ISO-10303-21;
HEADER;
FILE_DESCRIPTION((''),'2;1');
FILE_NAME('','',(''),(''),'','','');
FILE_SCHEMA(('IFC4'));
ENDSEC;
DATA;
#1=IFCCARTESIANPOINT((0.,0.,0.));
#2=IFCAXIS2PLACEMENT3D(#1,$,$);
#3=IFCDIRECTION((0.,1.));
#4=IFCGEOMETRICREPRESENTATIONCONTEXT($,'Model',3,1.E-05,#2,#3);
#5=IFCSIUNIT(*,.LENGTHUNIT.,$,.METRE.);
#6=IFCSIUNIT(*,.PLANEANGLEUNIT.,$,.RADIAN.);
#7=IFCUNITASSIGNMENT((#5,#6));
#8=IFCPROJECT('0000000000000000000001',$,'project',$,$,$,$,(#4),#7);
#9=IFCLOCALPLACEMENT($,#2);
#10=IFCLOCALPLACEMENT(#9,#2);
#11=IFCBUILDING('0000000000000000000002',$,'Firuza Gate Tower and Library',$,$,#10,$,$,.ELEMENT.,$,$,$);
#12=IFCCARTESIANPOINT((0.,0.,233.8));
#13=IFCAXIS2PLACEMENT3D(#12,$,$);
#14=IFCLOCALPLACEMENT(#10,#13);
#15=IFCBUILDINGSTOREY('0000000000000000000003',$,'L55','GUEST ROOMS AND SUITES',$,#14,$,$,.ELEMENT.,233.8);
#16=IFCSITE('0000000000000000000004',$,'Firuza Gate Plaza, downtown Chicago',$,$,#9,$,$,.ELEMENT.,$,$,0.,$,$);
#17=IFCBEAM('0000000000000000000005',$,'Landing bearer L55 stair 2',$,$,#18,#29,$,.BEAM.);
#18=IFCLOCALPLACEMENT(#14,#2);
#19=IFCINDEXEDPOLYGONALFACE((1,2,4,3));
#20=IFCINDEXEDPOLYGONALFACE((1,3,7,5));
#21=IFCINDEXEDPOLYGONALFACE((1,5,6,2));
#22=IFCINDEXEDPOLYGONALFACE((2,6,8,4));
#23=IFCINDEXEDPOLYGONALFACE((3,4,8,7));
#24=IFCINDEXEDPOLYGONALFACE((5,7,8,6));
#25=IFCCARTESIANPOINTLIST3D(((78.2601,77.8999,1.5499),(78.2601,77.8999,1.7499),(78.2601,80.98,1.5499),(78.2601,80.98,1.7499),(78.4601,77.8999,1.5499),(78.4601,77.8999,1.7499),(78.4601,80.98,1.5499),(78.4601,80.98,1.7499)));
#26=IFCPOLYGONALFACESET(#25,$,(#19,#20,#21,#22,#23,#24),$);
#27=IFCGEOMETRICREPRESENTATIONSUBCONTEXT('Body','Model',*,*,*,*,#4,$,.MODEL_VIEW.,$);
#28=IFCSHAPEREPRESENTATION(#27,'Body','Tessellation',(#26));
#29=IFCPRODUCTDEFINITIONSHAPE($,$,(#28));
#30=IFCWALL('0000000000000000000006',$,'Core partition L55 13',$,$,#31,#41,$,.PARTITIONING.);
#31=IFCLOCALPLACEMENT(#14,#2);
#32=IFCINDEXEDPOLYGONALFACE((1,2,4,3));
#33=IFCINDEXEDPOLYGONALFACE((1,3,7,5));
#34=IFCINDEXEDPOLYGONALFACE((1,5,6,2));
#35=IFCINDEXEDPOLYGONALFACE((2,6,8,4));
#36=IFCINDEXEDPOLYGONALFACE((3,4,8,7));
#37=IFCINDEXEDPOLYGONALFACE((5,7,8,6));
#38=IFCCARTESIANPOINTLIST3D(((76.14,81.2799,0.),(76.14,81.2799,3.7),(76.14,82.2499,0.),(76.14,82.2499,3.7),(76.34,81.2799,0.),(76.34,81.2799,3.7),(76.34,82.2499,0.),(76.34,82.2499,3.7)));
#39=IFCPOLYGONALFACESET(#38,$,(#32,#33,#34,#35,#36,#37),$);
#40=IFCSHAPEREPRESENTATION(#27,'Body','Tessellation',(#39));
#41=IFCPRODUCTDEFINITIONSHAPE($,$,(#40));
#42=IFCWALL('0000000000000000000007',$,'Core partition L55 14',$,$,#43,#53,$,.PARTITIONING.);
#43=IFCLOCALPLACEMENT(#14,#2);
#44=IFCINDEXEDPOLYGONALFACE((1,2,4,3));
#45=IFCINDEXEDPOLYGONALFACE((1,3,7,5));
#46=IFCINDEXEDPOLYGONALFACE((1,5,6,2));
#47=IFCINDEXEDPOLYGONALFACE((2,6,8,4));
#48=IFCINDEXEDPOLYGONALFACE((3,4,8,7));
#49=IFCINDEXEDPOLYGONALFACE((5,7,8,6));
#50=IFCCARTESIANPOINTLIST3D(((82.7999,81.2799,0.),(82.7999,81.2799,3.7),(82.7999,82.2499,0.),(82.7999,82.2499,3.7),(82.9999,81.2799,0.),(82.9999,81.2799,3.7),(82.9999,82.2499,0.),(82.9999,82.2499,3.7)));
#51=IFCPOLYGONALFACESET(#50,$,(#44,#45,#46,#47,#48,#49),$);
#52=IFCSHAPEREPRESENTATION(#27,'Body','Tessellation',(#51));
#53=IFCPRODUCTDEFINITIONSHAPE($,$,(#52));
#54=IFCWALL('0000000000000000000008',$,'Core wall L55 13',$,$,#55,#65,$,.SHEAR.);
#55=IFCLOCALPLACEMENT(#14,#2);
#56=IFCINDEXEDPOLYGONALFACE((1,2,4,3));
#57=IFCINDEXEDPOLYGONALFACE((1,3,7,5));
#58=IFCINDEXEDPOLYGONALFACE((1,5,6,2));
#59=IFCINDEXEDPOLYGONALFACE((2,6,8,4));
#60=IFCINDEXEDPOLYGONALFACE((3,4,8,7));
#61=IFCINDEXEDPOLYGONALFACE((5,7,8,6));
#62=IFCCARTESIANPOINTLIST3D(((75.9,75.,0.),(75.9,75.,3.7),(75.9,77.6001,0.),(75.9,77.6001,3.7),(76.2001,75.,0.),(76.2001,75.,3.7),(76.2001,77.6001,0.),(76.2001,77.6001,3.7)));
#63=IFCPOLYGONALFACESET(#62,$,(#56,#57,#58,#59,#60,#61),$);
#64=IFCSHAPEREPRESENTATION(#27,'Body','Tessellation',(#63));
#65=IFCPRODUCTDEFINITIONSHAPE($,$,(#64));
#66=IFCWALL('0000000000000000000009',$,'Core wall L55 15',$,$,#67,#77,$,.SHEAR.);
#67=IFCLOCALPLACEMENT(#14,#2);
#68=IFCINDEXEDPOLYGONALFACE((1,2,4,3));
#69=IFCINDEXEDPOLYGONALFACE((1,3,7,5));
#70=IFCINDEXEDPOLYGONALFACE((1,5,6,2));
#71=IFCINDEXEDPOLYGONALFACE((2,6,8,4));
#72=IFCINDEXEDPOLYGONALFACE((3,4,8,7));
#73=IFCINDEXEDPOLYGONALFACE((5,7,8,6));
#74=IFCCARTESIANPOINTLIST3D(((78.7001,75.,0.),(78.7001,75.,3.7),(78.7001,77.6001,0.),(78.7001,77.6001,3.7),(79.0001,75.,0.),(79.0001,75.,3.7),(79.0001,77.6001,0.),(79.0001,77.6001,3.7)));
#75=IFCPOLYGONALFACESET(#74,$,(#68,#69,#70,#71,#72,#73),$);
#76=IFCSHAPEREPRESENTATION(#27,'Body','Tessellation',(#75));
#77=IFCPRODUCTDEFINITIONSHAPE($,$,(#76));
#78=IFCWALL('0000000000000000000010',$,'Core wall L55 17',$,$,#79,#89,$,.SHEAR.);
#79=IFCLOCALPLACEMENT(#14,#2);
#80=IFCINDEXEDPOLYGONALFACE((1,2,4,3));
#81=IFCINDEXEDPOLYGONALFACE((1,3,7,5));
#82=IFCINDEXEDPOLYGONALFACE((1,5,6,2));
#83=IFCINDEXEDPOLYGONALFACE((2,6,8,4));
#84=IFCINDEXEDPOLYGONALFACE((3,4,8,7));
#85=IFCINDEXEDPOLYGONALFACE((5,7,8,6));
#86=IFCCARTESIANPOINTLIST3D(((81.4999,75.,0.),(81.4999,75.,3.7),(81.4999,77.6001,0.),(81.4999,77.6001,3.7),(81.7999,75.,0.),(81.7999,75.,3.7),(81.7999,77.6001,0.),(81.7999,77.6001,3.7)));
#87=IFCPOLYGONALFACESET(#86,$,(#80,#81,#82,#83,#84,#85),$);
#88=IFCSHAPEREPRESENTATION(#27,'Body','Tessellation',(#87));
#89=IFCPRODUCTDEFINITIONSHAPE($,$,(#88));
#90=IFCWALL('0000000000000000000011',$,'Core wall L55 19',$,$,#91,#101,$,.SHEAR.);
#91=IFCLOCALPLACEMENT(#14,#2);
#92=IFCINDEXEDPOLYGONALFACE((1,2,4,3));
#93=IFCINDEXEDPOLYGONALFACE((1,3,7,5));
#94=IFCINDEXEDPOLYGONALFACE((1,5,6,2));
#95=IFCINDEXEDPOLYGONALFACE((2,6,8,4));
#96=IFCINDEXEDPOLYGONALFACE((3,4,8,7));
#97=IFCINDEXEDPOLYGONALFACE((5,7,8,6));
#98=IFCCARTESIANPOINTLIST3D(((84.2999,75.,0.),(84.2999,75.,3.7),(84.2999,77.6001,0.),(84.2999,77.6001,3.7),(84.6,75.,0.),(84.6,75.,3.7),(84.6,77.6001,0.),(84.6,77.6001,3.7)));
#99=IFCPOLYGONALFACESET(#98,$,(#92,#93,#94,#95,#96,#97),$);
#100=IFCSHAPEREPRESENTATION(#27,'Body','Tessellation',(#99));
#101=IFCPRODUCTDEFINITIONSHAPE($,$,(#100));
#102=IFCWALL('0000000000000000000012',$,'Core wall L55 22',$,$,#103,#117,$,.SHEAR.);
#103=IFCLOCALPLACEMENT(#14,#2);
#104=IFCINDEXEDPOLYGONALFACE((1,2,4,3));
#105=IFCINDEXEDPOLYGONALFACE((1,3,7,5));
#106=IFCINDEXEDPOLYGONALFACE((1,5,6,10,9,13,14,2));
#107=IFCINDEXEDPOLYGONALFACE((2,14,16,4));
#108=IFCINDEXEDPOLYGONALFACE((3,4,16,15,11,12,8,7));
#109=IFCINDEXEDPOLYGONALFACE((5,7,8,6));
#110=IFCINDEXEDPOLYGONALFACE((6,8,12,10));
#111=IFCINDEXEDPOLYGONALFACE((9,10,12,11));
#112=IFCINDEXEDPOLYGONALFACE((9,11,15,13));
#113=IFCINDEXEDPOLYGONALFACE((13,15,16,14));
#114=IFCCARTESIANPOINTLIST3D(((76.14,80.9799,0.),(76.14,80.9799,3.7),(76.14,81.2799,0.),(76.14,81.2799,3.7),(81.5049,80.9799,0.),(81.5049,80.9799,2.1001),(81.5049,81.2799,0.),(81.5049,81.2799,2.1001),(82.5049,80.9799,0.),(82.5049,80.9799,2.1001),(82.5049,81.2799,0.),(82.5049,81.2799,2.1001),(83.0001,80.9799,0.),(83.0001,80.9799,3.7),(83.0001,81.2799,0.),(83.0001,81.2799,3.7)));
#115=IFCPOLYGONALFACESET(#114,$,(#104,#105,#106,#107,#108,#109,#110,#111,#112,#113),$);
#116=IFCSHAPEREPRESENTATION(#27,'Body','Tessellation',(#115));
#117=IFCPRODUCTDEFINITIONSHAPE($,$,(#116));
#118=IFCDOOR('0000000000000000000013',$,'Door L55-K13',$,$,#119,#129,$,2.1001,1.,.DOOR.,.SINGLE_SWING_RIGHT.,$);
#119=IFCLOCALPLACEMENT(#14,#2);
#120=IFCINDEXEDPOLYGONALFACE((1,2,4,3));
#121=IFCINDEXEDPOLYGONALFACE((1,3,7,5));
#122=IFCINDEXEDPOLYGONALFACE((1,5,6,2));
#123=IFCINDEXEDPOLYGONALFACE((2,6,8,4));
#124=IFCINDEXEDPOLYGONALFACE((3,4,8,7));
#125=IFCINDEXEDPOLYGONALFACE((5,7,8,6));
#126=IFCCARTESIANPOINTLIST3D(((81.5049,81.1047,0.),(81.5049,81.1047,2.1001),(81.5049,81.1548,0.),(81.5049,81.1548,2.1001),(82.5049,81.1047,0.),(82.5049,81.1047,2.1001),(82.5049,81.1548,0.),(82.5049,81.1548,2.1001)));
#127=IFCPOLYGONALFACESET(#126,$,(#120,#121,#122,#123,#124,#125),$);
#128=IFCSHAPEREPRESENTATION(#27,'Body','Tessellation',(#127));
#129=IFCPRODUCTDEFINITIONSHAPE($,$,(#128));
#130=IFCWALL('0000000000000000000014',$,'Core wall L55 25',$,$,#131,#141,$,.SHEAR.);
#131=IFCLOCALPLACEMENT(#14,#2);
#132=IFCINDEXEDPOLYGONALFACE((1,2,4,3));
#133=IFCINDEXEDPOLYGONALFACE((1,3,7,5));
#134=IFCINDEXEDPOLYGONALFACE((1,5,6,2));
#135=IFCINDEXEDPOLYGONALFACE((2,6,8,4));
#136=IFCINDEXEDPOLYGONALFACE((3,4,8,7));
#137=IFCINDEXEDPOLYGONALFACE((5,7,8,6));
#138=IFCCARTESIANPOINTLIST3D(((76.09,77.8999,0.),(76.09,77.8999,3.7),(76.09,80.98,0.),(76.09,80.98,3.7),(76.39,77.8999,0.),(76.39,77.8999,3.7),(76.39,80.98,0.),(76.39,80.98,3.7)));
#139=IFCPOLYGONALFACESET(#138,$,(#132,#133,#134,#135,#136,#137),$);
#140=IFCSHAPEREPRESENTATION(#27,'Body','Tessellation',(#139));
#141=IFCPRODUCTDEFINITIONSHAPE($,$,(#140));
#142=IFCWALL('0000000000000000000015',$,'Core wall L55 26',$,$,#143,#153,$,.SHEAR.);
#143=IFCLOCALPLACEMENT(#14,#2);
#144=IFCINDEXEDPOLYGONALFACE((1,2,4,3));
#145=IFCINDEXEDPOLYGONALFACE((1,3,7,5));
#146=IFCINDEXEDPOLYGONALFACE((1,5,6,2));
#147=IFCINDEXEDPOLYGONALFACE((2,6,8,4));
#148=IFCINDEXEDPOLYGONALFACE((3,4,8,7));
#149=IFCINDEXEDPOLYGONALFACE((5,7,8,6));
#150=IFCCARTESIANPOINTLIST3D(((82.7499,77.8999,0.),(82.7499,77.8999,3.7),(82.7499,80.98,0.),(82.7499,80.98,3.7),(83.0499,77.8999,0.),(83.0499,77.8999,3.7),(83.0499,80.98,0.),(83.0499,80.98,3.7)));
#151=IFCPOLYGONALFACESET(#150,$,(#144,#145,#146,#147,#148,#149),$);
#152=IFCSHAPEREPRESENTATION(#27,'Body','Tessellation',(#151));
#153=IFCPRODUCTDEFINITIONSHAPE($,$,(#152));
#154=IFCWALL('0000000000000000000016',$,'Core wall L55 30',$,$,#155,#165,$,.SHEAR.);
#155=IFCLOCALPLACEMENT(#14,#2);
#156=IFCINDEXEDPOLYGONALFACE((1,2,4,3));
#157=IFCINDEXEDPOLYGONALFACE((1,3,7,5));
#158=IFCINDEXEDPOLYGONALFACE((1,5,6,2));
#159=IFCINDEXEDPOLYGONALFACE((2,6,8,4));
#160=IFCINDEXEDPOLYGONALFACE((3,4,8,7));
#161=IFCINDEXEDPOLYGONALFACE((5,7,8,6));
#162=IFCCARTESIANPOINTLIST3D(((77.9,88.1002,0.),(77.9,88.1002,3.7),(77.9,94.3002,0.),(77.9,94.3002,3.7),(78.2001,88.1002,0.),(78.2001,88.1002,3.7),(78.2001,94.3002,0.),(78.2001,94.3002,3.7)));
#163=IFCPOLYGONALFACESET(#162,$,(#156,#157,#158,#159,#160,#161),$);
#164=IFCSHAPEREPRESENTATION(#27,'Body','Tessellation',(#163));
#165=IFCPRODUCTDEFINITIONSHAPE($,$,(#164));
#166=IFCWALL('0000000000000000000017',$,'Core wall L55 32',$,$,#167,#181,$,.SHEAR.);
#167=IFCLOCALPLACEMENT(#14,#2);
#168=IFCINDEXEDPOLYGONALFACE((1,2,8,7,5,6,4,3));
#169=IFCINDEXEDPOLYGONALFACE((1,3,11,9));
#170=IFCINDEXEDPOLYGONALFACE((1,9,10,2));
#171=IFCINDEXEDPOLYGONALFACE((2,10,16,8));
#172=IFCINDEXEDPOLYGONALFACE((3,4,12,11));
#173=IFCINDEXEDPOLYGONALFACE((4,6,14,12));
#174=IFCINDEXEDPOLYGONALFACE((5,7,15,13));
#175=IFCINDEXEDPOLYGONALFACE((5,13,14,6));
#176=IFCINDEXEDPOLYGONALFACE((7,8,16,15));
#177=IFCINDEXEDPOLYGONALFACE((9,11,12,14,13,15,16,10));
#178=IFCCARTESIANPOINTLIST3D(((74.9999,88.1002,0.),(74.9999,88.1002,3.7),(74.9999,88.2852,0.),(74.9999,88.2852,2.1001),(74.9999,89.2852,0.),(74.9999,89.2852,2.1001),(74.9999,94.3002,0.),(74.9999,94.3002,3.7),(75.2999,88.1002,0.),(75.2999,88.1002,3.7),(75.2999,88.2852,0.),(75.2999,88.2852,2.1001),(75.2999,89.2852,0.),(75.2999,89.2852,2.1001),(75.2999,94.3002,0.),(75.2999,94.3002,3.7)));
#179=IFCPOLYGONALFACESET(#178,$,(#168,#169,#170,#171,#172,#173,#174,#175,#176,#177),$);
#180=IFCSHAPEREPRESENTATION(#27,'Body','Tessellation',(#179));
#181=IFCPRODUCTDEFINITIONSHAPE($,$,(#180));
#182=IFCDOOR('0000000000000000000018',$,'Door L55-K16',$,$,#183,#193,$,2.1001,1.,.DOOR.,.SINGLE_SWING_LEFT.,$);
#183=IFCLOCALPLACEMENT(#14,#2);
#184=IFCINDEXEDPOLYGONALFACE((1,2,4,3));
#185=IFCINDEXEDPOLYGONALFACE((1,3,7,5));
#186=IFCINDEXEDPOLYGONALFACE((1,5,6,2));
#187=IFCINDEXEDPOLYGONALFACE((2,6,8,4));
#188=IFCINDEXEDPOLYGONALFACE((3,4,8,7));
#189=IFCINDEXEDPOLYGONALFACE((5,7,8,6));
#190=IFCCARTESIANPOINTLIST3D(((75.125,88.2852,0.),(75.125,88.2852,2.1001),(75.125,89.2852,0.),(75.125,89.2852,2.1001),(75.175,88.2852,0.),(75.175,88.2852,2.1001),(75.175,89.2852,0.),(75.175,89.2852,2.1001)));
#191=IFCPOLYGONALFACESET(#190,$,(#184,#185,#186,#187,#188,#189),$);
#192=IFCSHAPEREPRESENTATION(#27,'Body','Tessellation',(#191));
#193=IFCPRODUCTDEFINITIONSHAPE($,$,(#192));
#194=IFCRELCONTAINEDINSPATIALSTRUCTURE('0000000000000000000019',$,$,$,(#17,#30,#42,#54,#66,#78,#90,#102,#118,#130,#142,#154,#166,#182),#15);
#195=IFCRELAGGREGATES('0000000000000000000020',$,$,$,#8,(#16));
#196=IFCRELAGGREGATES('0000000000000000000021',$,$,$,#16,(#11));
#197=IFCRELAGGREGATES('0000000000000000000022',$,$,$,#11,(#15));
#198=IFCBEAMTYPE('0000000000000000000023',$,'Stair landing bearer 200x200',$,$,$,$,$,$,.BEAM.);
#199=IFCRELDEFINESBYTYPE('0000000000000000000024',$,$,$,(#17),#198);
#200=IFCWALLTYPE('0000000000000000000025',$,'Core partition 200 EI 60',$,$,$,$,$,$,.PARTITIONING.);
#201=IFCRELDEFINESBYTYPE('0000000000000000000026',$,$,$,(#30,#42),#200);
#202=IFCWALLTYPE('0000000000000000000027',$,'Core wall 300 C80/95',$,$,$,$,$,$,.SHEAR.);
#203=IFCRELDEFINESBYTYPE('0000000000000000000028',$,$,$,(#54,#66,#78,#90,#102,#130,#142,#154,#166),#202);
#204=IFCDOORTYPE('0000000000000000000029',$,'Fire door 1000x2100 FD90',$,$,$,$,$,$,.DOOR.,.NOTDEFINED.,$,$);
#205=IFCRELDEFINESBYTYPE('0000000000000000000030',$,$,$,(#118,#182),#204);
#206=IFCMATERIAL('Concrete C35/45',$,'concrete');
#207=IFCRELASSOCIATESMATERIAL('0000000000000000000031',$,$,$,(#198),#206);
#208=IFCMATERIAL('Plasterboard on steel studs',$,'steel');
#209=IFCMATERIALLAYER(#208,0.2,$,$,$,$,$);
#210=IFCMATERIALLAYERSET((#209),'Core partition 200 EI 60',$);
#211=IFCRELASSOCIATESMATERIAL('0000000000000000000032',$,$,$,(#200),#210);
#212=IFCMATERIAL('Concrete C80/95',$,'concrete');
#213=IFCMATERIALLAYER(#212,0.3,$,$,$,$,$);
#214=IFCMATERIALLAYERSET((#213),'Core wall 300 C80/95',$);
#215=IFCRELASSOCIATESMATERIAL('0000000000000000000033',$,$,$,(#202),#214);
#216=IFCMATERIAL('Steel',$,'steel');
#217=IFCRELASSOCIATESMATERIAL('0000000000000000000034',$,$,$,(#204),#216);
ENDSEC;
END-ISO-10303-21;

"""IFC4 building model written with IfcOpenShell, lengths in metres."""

from ifc_helpers import new_model, si_unit, direction, frame, frame_2d, origin, origin_2d, place, context, subcontext, project, spatial, rectangle, extrude, material, layer, layer_set, material_profile, profile_set, type_object, element, fill, save


model = new_model("IFC4")

# Units and contexts
model_context = context("Model", 3, precision=1e-05, world=origin(), true_north=direction((0.0, 1.0)))
body_context = subcontext(model_context, "Body", "Model", "MODEL_VIEW")
ifc_project = project(units=[si_unit("LENGTHUNIT", "METRE"), si_unit("PLANEANGLEUNIT", "RADIAN")], contexts=[model_context])

# Site, building, storey
site_placement = place(None, origin())
site = spatial("IfcSite", under=ifc_project, at=site_placement, Name="Firuza Gate Plaza, downtown Chicago", CompositionType="ELEMENT", RefElevation=0.0)
building_placement = place(site_placement, origin())
building = spatial("IfcBuilding", under=site, at=building_placement, Name="Firuza Gate Tower and Library", CompositionType="ELEMENT")
storey_placement = place(building_placement, frame((0.0, 0.0, 233.8)))
storey = spatial("IfcBuildingStorey", under=building, at=storey_placement, Name="L55", Description="GUEST ROOMS AND SUITES", CompositionType="ELEMENT", Elevation=233.8)

# Beam
ifc_material_1 = material(Name="Concrete C35/45", Category="concrete")
ifc_material_profile = material_profile(ifc_material_1, rectangle(XDim=0.2, YDim=0.2, at=origin_2d()))
ifc_profile_set = profile_set([ifc_material_profile], Name="Concrete C35/45")
beam_type = type_object("IfcBeamType", Name="Stair landing bearer 200x200", PredefinedType="BEAM", material=ifc_profile_set)
beam_placement = place(storey_placement, frame((78.3601, 80.98, 1.6499), z_axis=(0.0, -1.0, 0.0), x_axis=(1.0, 0.0, 0.0)))
element("IfcBeam", 1, at=beam_placement, inside=storey, type_object=beam_type, Name="Landing bearer L55 stair 2", PredefinedType="BEAM", context=body_context, shape_type="SweptSolid", body=[
    extrude(rectangle(XDim=0.2, YDim=0.2, at=origin_2d()), origin(), (0.0, 0.0, 1.0), 3.0801),
])

# Walls
ifc_material_2 = material(Name="Plasterboard on steel studs", Category="steel")
ifc_layer_1 = layer(ifc_material_2, 0.2)
ifc_layer_set_1 = layer_set([ifc_layer_1], Name="Core partition 200 EI 60")
wall_type_1 = type_object("IfcWallType", Name="Core partition 200 EI 60", PredefinedType="PARTITIONING", material=ifc_layer_set_1)
for number, where, z_axis, x_axis, name in (
    (2, (76.24, 81.28, 0.0), (0.0, 0.0, 1.0), (0.0, 1.0, 0.0), "Core partition L55 13"),
    (3, (82.8999, 81.28, 0.0), (0.0, 0.0, 1.0), (0.0, 1.0, 0.0), "Core partition L55 14"),
):
    element("IfcWall", number, at=place(storey_placement, frame(where, z_axis=z_axis, x_axis=x_axis)), inside=storey, type_object=wall_type_1, Name=name, PredefinedType="PARTITIONING", context=body_context, shape_type="SweptSolid", body=[
        extrude(rectangle(XDim=0.97, YDim=0.2, at=frame_2d((0.4849, 0.0))), origin(), (0.0, 0.0, 1.0), 3.7),
    ])
ifc_material_3 = material(Name="Concrete C80/95", Category="concrete")
ifc_layer_2 = layer(ifc_material_3, 0.3)
ifc_layer_set_2 = layer_set([ifc_layer_2], Name="Core wall 300 C80/95")
wall_type_2 = type_object("IfcWallType", Name="Core wall 300 C80/95", PredefinedType="SHEAR", material=ifc_layer_set_2)
for number, where, z_axis, x_axis, name in (
    (4, (76.05, 75.0, 0.0), (0.0, 0.0, 1.0), (0.0, 1.0, 0.0), "Core wall L55 13"),
    (5, (78.8501, 75.0, 0.0), (0.0, 0.0, 1.0), (0.0, 1.0, 0.0), "Core wall L55 15"),
    (6, (81.6499, 75.0, 0.0), (0.0, 0.0, 1.0), (0.0, 1.0, 0.0), "Core wall L55 17"),
    (7, (84.45, 75.0, 0.0), (0.0, 0.0, 1.0), (0.0, 1.0, 0.0), "Core wall L55 19"),
):
    element("IfcWall", number, at=place(storey_placement, frame(where, z_axis=z_axis, x_axis=x_axis)), inside=storey, type_object=wall_type_2, Name=name, PredefinedType="SHEAR", context=body_context, shape_type="SweptSolid", body=[
        extrude(rectangle(XDim=2.6001, YDim=0.3, at=frame_2d((1.3, 0.0))), origin(), (0.0, 0.0, 1.0), 3.7),
    ])

# Wall, opening, door
wall_1_placement = place(storey_placement, frame((76.1399, 81.1299, 0.0), z_axis=(0.0, 0.0, 1.0), x_axis=(1.0, 0.0, 0.0)))
wall_1 = element("IfcWall", 8, at=wall_1_placement, inside=storey, type_object=wall_type_2, Name="Core wall L55 22", PredefinedType="SHEAR", context=body_context, shape_type="SweptSolid", body=[
    extrude(rectangle(XDim=6.8601, YDim=0.3, at=frame_2d((3.4302, 0.0))), origin(), (0.0, 0.0, 1.0), 3.7),
])
opening_1_placement = place(wall_1_placement, frame((5.365, 0.0, 0.0)))
opening_1 = element("IfcOpeningElement", 9, at=opening_1_placement, cuts=wall_1, PredefinedType="OPENING", context=body_context, shape_type="SweptSolid", body=[
    extrude(rectangle(XDim=1.0, YDim=2.1001, at=frame_2d((0.5, 1.05))), frame((0.0, 0.1602, 0.0), z_axis=(0.0, -1.0, 0.0), x_axis=(1.0, 0.0, 0.0)), (0.0, 0.0, 1.0), 0.3201),
])
ifc_material_4 = material(Name="Steel", Category="steel")
door_type = type_object("IfcDoorType", Name="Fire door 1000x2100 FD90", OperationType="NOTDEFINED", PredefinedType="DOOR", material=ifc_material_4)
door_1_placement = place(opening_1_placement, origin())
door_1 = element("IfcDoor", 10, at=door_1_placement, inside=storey, type_object=door_type, Name="Door L55-K13", OperationType="SINGLE_SWING_RIGHT", OverallHeight=2.1001, OverallWidth=1.0, PredefinedType="DOOR", context=body_context, shape_type="SweptSolid", body=[
    extrude(rectangle(XDim=1.0, YDim=2.1001, at=frame_2d((0.5, 1.05))), frame((0.0, 0.0249, 0.0), z_axis=(0.0, -1.0, 0.0), x_axis=(1.0, 0.0, 0.0)), (0.0, 0.0, 1.0), 0.05),
])
fill(opening_1, door_1)

# Walls
for number, where, z_axis, x_axis, name in (
    (11, (76.24, 77.8999, 0.0), (0.0, 0.0, 1.0), (0.0, 1.0, 0.0), "Core wall L55 25"),
    (12, (82.8999, 77.8999, 0.0), (0.0, 0.0, 1.0), (0.0, 1.0, 0.0), "Core wall L55 26"),
):
    element("IfcWall", number, at=place(storey_placement, frame(where, z_axis=z_axis, x_axis=x_axis)), inside=storey, type_object=wall_type_2, Name=name, PredefinedType="SHEAR", context=body_context, shape_type="SweptSolid", body=[
        extrude(rectangle(XDim=3.0801, YDim=0.3, at=frame_2d((1.54, 0.0))), origin(), (0.0, 0.0, 1.0), 3.7),
    ])
wall_2_placement = place(storey_placement, frame((78.05, 88.1001, 0.0), z_axis=(0.0, 0.0, 1.0), x_axis=(0.0, 1.0, 0.0)))
element("IfcWall", 13, at=wall_2_placement, inside=storey, type_object=wall_type_2, Name="Core wall L55 30", PredefinedType="SHEAR", context=body_context, shape_type="SweptSolid", body=[
    extrude(rectangle(XDim=6.2, YDim=0.3, at=frame_2d((3.1001, 0.0))), origin(), (0.0, 0.0, 1.0), 3.7),
])

# Wall, opening, door
wall_3_placement = place(storey_placement, frame((75.1499, 88.1001, 0.0), z_axis=(0.0, 0.0, 1.0), x_axis=(0.0, 1.0, 0.0)))
wall_3 = element("IfcWall", 14, at=wall_3_placement, inside=storey, type_object=wall_type_2, Name="Core wall L55 32", PredefinedType="SHEAR", context=body_context, shape_type="SweptSolid", body=[
    extrude(rectangle(XDim=6.2, YDim=0.3, at=frame_2d((3.1001, 0.0))), origin(), (0.0, 0.0, 1.0), 3.7),
])
opening_2_placement = place(wall_3_placement, frame((0.1851, 0.0, 0.0)))
opening_2 = element("IfcOpeningElement", 15, at=opening_2_placement, cuts=wall_3, PredefinedType="OPENING", context=body_context, shape_type="SweptSolid", body=[
    extrude(rectangle(XDim=1.0, YDim=2.1001, at=frame_2d((0.5, 1.05))), frame((0.0, 0.1602, 0.0), z_axis=(0.0, -1.0, 0.0), x_axis=(1.0, 0.0, 0.0)), (0.0, 0.0, 1.0), 0.3201),
])
door_2_placement = place(opening_2_placement, origin())
door_2 = element("IfcDoor", 16, at=door_2_placement, inside=storey, type_object=door_type, Name="Door L55-K16", OperationType="SINGLE_SWING_LEFT", OverallHeight=2.1001, OverallWidth=1.0, PredefinedType="DOOR", context=body_context, shape_type="SweptSolid", body=[
    extrude(rectangle(XDim=1.0, YDim=2.1001, at=frame_2d((0.5, 1.05))), frame((0.0, 0.0249, 0.0), z_axis=(0.0, -1.0, 0.0), x_axis=(1.0, 0.0, 0.0)), (0.0, 0.0, 1.0), 0.05),
])
fill(opening_2, door_2)

save(model, "model.ifc")
